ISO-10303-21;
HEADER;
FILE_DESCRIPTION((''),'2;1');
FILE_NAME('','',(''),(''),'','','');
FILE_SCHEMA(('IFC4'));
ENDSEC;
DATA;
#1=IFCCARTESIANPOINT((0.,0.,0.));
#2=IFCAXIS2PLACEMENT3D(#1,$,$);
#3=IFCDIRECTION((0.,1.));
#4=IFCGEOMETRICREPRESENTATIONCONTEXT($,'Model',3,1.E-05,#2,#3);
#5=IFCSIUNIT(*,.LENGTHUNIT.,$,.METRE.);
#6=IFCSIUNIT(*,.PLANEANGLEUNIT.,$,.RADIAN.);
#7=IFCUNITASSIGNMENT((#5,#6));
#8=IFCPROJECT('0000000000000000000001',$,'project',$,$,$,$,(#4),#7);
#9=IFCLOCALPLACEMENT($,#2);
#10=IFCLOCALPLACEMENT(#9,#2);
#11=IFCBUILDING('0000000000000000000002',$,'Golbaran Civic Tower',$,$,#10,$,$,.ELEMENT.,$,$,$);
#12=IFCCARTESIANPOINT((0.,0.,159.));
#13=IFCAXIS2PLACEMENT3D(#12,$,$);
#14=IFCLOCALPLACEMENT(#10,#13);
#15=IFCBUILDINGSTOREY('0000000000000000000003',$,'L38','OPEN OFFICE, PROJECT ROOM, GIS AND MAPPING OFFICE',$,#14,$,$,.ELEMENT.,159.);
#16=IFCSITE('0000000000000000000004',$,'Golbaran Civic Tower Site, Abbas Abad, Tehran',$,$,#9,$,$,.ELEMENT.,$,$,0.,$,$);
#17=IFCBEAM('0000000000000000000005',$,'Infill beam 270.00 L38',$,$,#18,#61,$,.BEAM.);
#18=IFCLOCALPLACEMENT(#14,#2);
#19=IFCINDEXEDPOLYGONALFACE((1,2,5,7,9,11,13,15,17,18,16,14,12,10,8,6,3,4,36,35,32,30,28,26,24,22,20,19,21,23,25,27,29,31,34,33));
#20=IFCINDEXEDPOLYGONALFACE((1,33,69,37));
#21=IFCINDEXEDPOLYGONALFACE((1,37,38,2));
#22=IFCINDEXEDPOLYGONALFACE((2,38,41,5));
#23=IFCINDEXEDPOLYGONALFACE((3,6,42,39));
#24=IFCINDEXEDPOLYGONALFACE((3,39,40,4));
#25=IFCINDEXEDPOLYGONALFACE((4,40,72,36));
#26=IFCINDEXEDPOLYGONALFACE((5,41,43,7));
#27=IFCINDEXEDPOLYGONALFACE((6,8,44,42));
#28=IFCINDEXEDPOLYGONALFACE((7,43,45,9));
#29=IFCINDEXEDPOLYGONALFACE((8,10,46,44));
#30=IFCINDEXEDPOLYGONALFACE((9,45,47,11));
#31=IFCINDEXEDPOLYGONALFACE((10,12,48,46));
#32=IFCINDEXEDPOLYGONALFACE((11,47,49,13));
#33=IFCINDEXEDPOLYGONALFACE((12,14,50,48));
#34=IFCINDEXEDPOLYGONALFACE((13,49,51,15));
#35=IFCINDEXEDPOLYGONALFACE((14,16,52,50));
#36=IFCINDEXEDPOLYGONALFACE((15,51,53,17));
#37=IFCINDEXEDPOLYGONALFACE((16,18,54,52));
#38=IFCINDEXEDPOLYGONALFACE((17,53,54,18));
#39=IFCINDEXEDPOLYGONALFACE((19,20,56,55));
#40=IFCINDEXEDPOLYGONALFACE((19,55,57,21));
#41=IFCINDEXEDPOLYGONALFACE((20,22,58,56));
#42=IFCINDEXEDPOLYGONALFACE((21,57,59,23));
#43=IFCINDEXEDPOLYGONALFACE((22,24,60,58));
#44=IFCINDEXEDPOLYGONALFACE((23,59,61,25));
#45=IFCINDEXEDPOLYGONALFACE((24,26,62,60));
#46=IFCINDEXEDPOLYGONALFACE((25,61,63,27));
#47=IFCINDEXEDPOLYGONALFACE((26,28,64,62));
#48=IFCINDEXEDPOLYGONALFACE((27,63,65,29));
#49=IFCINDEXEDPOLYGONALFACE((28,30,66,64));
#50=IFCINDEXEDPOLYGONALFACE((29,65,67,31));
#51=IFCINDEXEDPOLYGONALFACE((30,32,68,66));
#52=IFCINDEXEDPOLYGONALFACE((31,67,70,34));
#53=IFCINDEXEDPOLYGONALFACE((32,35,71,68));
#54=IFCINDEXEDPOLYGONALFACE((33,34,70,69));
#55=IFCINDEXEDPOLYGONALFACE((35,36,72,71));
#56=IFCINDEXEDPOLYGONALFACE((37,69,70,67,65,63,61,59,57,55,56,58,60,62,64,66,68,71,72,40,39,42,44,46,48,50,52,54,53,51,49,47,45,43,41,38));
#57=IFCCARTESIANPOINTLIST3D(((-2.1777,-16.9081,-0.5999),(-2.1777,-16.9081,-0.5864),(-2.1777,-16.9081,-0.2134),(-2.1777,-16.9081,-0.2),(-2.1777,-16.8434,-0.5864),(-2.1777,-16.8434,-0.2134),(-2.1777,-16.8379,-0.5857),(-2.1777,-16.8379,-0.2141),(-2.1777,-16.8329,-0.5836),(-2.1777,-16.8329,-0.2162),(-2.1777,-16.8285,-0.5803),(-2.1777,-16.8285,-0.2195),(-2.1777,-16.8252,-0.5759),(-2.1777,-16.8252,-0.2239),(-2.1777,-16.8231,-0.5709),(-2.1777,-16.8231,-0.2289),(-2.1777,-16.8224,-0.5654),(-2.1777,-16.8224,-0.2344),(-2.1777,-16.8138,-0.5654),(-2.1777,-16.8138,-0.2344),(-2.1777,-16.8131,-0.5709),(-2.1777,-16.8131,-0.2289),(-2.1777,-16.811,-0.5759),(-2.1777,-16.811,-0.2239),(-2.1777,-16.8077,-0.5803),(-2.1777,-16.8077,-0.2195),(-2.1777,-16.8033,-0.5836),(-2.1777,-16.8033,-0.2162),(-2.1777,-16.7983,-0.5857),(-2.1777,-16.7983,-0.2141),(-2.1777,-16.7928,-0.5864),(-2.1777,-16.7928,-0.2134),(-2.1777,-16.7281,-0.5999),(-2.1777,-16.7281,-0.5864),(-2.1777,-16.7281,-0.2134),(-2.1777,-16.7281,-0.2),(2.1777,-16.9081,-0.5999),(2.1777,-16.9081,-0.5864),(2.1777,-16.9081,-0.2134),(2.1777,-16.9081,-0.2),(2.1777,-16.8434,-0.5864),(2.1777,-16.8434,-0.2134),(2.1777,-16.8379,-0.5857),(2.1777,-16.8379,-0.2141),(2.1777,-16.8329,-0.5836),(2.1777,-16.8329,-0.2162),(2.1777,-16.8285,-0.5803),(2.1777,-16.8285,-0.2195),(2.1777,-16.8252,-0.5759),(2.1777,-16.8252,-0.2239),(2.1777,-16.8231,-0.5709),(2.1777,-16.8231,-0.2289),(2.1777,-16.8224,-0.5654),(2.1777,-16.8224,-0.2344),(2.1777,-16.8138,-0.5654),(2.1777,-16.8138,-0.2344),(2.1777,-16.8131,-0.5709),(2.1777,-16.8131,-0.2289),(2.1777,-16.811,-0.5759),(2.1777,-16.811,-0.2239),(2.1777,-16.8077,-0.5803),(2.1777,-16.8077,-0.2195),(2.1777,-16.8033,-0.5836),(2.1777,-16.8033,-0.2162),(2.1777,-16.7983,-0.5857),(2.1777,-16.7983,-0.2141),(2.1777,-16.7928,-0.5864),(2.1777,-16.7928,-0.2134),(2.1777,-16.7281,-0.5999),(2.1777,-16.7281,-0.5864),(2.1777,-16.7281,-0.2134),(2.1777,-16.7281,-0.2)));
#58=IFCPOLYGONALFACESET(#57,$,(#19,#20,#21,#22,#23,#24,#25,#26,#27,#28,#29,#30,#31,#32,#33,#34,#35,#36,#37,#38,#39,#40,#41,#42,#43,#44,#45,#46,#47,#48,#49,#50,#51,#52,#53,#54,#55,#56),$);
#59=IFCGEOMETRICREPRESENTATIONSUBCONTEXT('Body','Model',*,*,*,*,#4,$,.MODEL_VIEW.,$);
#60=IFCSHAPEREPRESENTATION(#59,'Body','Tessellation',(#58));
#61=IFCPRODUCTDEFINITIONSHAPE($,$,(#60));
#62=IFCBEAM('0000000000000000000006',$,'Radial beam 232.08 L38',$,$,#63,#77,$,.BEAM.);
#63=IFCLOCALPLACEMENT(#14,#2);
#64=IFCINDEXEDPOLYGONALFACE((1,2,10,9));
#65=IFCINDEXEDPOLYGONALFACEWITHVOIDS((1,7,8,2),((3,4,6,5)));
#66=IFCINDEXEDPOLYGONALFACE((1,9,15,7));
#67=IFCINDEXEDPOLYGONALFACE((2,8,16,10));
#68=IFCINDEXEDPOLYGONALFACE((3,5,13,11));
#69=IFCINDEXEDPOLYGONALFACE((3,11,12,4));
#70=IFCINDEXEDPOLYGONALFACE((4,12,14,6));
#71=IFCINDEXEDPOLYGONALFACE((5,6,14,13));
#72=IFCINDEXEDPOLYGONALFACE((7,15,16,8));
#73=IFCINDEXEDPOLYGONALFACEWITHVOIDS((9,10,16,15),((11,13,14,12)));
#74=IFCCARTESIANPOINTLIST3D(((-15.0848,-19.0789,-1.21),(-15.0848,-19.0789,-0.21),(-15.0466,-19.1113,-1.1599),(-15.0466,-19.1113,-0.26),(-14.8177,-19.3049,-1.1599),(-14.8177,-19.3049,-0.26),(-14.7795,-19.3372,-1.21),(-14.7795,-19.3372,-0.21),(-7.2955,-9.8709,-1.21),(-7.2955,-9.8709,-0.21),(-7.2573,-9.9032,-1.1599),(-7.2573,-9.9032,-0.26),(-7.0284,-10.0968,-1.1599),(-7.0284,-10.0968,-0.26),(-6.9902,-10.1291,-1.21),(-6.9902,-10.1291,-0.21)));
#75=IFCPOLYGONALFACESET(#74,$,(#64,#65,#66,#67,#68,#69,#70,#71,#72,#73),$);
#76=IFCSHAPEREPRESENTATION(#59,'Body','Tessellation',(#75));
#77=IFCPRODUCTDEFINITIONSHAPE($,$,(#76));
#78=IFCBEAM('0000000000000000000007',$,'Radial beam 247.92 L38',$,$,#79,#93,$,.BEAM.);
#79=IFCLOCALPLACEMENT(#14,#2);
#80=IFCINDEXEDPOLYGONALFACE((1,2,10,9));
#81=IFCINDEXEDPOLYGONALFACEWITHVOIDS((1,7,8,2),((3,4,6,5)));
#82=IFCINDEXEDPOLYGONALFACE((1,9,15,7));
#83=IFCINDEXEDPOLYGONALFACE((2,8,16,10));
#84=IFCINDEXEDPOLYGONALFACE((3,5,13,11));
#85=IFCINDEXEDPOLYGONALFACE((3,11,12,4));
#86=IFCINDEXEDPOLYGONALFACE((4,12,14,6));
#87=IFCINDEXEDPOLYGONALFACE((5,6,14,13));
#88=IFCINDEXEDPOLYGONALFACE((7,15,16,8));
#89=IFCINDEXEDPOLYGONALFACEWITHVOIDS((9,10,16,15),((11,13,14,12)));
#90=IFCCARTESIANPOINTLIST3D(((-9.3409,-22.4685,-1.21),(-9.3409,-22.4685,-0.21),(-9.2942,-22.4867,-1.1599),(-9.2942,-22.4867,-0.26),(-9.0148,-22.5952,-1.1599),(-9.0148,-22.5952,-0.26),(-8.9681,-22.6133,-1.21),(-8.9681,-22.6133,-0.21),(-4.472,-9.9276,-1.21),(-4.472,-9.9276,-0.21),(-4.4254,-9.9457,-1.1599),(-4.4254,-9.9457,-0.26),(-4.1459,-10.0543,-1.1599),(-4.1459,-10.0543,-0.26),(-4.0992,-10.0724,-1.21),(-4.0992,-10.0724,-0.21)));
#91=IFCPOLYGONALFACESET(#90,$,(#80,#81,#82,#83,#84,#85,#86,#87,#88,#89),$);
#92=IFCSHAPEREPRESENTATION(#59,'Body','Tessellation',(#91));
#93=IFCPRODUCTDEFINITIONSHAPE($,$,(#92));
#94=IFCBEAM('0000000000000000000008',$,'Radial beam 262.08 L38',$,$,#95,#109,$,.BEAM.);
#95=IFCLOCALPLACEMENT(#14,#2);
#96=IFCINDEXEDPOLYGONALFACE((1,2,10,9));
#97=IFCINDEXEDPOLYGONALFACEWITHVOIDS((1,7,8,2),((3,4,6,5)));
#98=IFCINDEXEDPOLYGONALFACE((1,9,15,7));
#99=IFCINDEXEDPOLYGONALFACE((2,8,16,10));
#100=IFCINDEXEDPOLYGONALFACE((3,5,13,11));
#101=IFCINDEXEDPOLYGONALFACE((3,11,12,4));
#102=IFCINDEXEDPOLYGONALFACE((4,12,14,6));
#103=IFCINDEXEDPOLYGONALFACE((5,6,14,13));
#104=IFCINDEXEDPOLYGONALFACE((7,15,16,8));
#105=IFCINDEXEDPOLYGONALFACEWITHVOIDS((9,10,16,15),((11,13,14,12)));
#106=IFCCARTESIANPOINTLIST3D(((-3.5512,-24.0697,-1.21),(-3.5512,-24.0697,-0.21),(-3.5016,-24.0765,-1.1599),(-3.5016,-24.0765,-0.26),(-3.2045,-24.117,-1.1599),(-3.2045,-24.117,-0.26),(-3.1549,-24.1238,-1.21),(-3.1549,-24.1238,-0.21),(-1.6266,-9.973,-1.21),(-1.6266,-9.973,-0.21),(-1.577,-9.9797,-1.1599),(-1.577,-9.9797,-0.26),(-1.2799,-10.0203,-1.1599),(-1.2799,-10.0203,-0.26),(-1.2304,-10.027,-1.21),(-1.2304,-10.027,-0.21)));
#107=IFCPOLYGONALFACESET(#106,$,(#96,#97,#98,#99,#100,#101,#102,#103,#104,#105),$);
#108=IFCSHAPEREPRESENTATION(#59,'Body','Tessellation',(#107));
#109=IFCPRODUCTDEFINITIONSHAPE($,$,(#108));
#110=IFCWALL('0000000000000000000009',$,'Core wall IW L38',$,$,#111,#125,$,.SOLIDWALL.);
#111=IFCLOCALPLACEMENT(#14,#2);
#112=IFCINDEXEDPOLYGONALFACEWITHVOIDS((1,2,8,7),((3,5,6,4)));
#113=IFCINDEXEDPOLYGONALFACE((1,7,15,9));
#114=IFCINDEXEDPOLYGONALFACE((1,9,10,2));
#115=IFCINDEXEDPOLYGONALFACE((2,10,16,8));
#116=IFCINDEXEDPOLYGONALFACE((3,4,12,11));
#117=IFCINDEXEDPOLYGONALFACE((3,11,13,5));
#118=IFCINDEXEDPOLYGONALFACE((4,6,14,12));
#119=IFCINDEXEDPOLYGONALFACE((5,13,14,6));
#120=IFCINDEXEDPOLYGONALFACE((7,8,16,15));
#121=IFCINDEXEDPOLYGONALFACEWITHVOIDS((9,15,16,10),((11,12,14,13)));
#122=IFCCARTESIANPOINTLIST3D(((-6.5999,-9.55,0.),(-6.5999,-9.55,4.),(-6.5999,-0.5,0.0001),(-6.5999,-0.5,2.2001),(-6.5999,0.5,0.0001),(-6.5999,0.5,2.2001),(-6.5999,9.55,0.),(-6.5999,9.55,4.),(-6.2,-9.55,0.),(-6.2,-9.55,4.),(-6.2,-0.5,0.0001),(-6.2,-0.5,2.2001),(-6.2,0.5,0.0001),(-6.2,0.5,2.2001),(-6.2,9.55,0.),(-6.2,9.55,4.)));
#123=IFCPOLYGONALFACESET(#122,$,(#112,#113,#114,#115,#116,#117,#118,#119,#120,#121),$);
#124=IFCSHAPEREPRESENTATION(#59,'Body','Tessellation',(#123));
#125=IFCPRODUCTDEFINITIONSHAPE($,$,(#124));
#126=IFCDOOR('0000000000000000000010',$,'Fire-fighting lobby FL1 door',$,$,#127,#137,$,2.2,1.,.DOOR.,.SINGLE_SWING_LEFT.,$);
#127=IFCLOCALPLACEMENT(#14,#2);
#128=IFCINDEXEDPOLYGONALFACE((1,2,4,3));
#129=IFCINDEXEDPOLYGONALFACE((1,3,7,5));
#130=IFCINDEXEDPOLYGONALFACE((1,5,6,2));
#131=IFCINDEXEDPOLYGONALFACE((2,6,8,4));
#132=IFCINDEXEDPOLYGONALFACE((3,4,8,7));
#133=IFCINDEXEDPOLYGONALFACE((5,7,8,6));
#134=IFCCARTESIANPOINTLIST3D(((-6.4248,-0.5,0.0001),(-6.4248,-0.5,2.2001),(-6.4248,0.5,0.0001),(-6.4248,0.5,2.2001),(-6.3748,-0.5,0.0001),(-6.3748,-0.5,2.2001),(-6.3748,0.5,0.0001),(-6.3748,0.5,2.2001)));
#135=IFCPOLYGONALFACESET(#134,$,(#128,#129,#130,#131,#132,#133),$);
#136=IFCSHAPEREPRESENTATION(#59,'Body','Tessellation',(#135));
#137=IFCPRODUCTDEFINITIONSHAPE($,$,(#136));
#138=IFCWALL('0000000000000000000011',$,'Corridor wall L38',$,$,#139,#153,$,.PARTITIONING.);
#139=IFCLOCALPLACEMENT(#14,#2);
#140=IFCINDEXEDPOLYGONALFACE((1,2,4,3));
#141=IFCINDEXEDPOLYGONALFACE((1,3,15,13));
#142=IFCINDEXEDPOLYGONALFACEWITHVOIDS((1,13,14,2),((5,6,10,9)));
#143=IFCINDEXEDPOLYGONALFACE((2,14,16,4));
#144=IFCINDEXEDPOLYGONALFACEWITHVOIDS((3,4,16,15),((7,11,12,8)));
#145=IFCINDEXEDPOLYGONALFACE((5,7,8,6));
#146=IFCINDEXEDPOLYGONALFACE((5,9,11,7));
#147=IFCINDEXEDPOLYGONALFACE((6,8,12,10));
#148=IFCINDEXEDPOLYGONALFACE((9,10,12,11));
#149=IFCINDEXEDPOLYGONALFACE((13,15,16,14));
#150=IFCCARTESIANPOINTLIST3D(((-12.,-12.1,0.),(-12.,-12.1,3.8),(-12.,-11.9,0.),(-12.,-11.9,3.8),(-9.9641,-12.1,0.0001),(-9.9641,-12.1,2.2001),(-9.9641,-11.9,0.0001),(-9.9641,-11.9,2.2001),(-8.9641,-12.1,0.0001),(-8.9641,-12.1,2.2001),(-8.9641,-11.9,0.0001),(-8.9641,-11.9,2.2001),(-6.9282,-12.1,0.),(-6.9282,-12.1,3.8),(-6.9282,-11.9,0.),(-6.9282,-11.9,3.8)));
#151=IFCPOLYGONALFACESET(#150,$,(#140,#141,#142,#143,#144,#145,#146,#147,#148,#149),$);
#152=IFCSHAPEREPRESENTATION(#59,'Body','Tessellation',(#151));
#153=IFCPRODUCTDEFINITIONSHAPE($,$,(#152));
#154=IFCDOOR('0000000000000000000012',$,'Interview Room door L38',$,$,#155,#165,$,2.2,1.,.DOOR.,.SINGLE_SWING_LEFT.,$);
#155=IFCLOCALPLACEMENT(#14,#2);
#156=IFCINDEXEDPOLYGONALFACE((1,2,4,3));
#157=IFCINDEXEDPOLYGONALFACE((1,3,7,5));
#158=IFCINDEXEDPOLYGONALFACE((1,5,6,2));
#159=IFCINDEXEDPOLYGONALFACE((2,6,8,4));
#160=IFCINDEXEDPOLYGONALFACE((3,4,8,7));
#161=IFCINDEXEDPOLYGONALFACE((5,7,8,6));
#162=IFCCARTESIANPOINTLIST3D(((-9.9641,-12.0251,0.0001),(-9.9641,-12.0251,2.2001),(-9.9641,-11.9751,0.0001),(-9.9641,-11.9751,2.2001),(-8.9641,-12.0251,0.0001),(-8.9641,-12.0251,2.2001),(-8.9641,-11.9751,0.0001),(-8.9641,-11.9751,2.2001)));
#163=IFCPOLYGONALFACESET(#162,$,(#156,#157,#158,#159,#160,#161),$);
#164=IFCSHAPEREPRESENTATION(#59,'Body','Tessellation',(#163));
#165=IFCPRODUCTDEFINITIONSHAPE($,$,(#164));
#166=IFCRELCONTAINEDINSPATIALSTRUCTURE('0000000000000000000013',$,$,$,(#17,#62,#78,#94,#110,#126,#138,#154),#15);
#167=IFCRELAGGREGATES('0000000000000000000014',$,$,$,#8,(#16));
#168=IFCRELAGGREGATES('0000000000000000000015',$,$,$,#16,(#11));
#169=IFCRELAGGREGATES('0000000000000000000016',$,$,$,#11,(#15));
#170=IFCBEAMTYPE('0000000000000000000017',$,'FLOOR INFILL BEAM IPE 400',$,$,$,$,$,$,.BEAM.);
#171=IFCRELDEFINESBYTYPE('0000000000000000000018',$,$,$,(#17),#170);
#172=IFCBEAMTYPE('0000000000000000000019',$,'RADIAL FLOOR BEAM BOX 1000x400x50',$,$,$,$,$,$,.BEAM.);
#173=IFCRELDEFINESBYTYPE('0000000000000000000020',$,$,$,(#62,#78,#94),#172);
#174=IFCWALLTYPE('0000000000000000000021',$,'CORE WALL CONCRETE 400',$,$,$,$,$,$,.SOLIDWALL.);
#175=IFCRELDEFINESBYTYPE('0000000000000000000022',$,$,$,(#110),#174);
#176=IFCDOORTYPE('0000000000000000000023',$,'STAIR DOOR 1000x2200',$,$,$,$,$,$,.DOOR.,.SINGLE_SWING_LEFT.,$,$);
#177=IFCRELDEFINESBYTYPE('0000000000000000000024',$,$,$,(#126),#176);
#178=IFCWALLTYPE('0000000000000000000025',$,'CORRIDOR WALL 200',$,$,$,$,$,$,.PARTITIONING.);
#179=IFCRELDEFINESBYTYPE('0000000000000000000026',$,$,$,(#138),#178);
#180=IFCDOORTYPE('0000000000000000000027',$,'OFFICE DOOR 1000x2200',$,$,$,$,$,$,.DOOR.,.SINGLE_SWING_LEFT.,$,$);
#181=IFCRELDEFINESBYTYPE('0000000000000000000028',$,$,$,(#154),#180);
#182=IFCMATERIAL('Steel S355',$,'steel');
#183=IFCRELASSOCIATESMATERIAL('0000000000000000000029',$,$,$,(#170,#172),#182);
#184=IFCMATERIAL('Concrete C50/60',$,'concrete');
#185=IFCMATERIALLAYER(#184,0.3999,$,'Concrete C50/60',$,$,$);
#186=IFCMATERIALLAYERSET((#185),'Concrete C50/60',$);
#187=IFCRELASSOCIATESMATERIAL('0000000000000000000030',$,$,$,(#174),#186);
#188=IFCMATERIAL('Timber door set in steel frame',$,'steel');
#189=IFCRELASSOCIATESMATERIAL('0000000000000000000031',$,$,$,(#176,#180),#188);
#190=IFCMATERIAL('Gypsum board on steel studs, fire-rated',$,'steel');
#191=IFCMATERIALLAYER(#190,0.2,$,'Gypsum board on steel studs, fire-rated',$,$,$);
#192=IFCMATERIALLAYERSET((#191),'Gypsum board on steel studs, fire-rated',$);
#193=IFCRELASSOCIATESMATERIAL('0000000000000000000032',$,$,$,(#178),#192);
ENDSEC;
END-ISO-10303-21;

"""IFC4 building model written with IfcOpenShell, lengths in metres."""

from ifc_helpers import new_model, si_unit, direction, frame, frame_2d, origin, origin_2d, place, context, subcontext, project, spatial, rectangle, hollow_rectangle, i_section, extrude, material, layer, layer_set, material_profile, profile_set, type_object, element, fill, save


model = new_model("IFC4")

# Units and contexts
model_context = context("Model", 3, precision=1e-05, world=origin(), true_north=direction((0.0, 1.0)))
body_context = subcontext(model_context, "Body", "Model", "MODEL_VIEW")
ifc_project = project(units=[si_unit("LENGTHUNIT", "METRE"), si_unit("PLANEANGLEUNIT", "RADIAN")], contexts=[model_context])

# Site, building, storey
site_placement = place(None, origin())
site = spatial("IfcSite", under=ifc_project, at=site_placement, Name="Golbaran Civic Tower Site, Abbas Abad, Tehran", CompositionType="ELEMENT", RefElevation=0.0)
building_placement = place(site_placement, origin())
building = spatial("IfcBuilding", under=site, at=building_placement, Name="Golbaran Civic Tower", CompositionType="ELEMENT")
storey_placement = place(building_placement, frame((0.0, 0.0, 159.0)))
storey = spatial("IfcBuildingStorey", under=building, at=storey_placement, Name="L38", Description="OPEN OFFICE, PROJECT ROOM, GIS AND MAPPING OFFICE", CompositionType="ELEMENT", Elevation=159.0)

# Beams
ifc_material_1 = material(Name="Steel S355", Category="steel")
ifc_material_profile_1 = material_profile(ifc_material_1, i_section(OverallWidth=0.1799, OverallDepth=0.3999, WebThickness=0.0085, FlangeThickness=0.0134, FilletRadius=0.021, at=origin_2d()), Name="IPE 400")
ifc_profile_set_1 = profile_set([ifc_material_profile_1], Name="Steel S355")
beam_type_1 = type_object("IfcBeamType", Name="FLOOR INFILL BEAM IPE 400", PredefinedType="BEAM", material=ifc_profile_set_1)
beam_1_placement = place(storey_placement, frame((-2.1777, -16.8181, -0.3999), z_axis=(1.0, 0.0, 0.0), x_axis=(0.0, 1.0, 0.0)))
element("IfcBeam", 1, at=beam_1_placement, inside=storey, type_object=beam_type_1, Name="Infill beam 270.00 L38", PredefinedType="BEAM", context=body_context, shape_type="SweptSolid", body=[
    extrude(i_section(OverallWidth=0.1799, OverallDepth=0.3999, WebThickness=0.0085, FlangeThickness=0.0134, FilletRadius=0.021, at=origin_2d()), origin(), (0.0, 0.0, 1.0), 4.3555),
])
ifc_material_profile_2 = material_profile(ifc_material_1, hollow_rectangle(XDim=0.3999, YDim=1.0, WallThickness=0.05, at=origin_2d()), Name="BOX 1000x400x50")
ifc_profile_set_2 = profile_set([ifc_material_profile_2], Name="Steel S355")
beam_type_2 = type_object("IfcBeamType", Name="RADIAL FLOOR BEAM BOX 1000x400x50", PredefinedType="BEAM", material=ifc_profile_set_2)
beam_2_placement = place(storey_placement, frame((-7.1428, -10.0, -0.71), z_axis=(-0.645842, -0.763472, 0.0), x_axis=(0.763472, -0.645842, 0.0)))
element("IfcBeam", 2, at=beam_2_placement, inside=storey, type_object=beam_type_2, Name="Radial beam 232.08 L38", PredefinedType="BEAM", context=body_context, shape_type="SweptSolid", body=[
    extrude(hollow_rectangle(XDim=0.3999, YDim=1.0, WallThickness=0.05, at=origin_2d()), origin(), (0.0, 0.0, 1.0), 12.0608),
])
beam_3_placement = place(storey_placement, frame((-4.2856, -10.0, -0.71), z_axis=(-0.361919, -0.93221, 0.0), x_axis=(0.93221, -0.361919, 0.0)))
element("IfcBeam", 3, at=beam_3_placement, inside=storey, type_object=beam_type_2, Name="Radial beam 247.92 L38", PredefinedType="BEAM", context=body_context, shape_type="SweptSolid", body=[
    extrude(hollow_rectangle(XDim=0.3999, YDim=1.0, WallThickness=0.05, at=origin_2d()), origin(), (0.0, 0.0, 1.0), 13.4529),
])
beam_4_placement = place(storey_placement, frame((-1.4285, -10.0, -0.71), z_axis=(-0.135271, -0.990809, 0.0), x_axis=(0.990809, -0.135271, 0.0)))
element("IfcBeam", 4, at=beam_4_placement, inside=storey, type_object=beam_type_2, Name="Radial beam 262.08 L38", PredefinedType="BEAM", context=body_context, shape_type="SweptSolid", body=[
    extrude(hollow_rectangle(XDim=0.3999, YDim=1.0, WallThickness=0.05, at=origin_2d()), origin(), (0.0, 0.0, 1.0), 14.2275),
])

# Walls, openings, doors
ifc_material_2 = material(Name="Concrete C50/60", Category="concrete")
ifc_layer_1 = layer(ifc_material_2, 0.3999, Name="Concrete C50/60")
ifc_layer_set_1 = layer_set([ifc_layer_1], Name="Concrete C50/60")
wall_type_1 = type_object("IfcWallType", Name="CORE WALL CONCRETE 400", PredefinedType="SOLIDWALL", material=ifc_layer_set_1)
wall_1_placement = place(storey_placement, frame((-6.3999, -9.55, 0.0), z_axis=(0.0, 0.0, 1.0), x_axis=(0.0, 1.0, 0.0)))
wall_1 = element("IfcWall", 5, at=wall_1_placement, inside=storey, type_object=wall_type_1, Name="Core wall IW L38", PredefinedType="SOLIDWALL", context=body_context, shape_type="SweptSolid", body=[
    extrude(rectangle(XDim=19.1001, YDim=0.3999, at=frame_2d((9.55, 0.0))), origin(), (0.0, 0.0, 1.0), 4.0),
])
opening_1_placement = place(wall_1_placement, frame((9.05, 0.0, 0.0)))
opening_1 = element("IfcOpeningElement", 6, at=opening_1_placement, cuts=wall_1, PredefinedType="OPENING", context=body_context, shape_type="SweptSolid", body=[
    extrude(rectangle(XDim=1.0, YDim=2.2, at=frame_2d((0.5, 1.1001))), frame((0.0, 0.21, 0.0), z_axis=(0.0, -1.0, 0.0), x_axis=(1.0, 0.0, 0.0)), (0.0, 0.0, 1.0), 0.4199),
])
ifc_material_3 = material(Name="Timber door set in steel frame", Category="steel")
door_type_1 = type_object("IfcDoorType", Name="STAIR DOOR 1000x2200", OperationType="SINGLE_SWING_LEFT", PredefinedType="DOOR", material=ifc_material_3)
door_1_placement = place(opening_1_placement, origin())
door_1 = element("IfcDoor", 7, at=door_1_placement, inside=storey, type_object=door_type_1, Name="Fire-fighting lobby FL1 door", OperationType="SINGLE_SWING_LEFT", OverallHeight=2.2, OverallWidth=1.0, PredefinedType="DOOR", context=body_context, shape_type="SweptSolid", body=[
    extrude(rectangle(XDim=1.0, YDim=2.2, at=frame_2d((0.5, 1.1001))), frame((0.0, 0.0249, 0.0), z_axis=(0.0, -1.0, 0.0), x_axis=(1.0, 0.0, 0.0)), (0.0, 0.0, 1.0), 0.05),
])
fill(opening_1, door_1)
ifc_material_4 = material(Name="Gypsum board on steel studs, fire-rated", Category="steel")
ifc_layer_2 = layer(ifc_material_4, 0.2, Name="Gypsum board on steel studs, fire-rated")
ifc_layer_set_2 = layer_set([ifc_layer_2], Name="Gypsum board on steel studs, fire-rated")
wall_type_2 = type_object("IfcWallType", Name="CORRIDOR WALL 200", PredefinedType="PARTITIONING", material=ifc_layer_set_2)
wall_2_placement = place(storey_placement, frame((-12.0, -12.0, 0.0), z_axis=(0.0, 0.0, 1.0), x_axis=(1.0, 0.0, 0.0)))
wall_2 = element("IfcWall", 8, at=wall_2_placement, inside=storey, type_object=wall_type_2, Name="Corridor wall L38", PredefinedType="PARTITIONING", context=body_context, shape_type="SweptSolid", body=[
    extrude(rectangle(XDim=5.0718, YDim=0.2, at=frame_2d((2.5359, 0.0))), origin(), (0.0, 0.0, 1.0), 3.8),
])
opening_2_placement = place(wall_2_placement, frame((2.0359, 0.0, 0.0)))
opening_2 = element("IfcOpeningElement", 9, at=opening_2_placement, cuts=wall_2, PredefinedType="OPENING", context=body_context, shape_type="SweptSolid", body=[
    extrude(rectangle(XDim=1.0, YDim=2.2, at=frame_2d((0.5, 1.1001))), frame((0.0, 0.1099, 0.0), z_axis=(0.0, -1.0, 0.0), x_axis=(1.0, 0.0, 0.0)), (0.0, 0.0, 1.0), 0.22),
])
door_type_2 = type_object("IfcDoorType", Name="OFFICE DOOR 1000x2200", OperationType="SINGLE_SWING_LEFT", PredefinedType="DOOR", material=ifc_material_3)
door_2_placement = place(opening_2_placement, origin())
door_2 = element("IfcDoor", 10, at=door_2_placement, inside=storey, type_object=door_type_2, Name="Interview Room door L38", OperationType="SINGLE_SWING_LEFT", OverallHeight=2.2, OverallWidth=1.0, PredefinedType="DOOR", context=body_context, shape_type="SweptSolid", body=[
    extrude(rectangle(XDim=1.0, YDim=2.2, at=frame_2d((0.5, 1.1001))), frame((0.0, 0.0249, 0.0), z_axis=(0.0, -1.0, 0.0), x_axis=(1.0, 0.0, 0.0)), (0.0, 0.0, 1.0), 0.05),
])
fill(opening_2, door_2)

save(model, "model.ifc")
